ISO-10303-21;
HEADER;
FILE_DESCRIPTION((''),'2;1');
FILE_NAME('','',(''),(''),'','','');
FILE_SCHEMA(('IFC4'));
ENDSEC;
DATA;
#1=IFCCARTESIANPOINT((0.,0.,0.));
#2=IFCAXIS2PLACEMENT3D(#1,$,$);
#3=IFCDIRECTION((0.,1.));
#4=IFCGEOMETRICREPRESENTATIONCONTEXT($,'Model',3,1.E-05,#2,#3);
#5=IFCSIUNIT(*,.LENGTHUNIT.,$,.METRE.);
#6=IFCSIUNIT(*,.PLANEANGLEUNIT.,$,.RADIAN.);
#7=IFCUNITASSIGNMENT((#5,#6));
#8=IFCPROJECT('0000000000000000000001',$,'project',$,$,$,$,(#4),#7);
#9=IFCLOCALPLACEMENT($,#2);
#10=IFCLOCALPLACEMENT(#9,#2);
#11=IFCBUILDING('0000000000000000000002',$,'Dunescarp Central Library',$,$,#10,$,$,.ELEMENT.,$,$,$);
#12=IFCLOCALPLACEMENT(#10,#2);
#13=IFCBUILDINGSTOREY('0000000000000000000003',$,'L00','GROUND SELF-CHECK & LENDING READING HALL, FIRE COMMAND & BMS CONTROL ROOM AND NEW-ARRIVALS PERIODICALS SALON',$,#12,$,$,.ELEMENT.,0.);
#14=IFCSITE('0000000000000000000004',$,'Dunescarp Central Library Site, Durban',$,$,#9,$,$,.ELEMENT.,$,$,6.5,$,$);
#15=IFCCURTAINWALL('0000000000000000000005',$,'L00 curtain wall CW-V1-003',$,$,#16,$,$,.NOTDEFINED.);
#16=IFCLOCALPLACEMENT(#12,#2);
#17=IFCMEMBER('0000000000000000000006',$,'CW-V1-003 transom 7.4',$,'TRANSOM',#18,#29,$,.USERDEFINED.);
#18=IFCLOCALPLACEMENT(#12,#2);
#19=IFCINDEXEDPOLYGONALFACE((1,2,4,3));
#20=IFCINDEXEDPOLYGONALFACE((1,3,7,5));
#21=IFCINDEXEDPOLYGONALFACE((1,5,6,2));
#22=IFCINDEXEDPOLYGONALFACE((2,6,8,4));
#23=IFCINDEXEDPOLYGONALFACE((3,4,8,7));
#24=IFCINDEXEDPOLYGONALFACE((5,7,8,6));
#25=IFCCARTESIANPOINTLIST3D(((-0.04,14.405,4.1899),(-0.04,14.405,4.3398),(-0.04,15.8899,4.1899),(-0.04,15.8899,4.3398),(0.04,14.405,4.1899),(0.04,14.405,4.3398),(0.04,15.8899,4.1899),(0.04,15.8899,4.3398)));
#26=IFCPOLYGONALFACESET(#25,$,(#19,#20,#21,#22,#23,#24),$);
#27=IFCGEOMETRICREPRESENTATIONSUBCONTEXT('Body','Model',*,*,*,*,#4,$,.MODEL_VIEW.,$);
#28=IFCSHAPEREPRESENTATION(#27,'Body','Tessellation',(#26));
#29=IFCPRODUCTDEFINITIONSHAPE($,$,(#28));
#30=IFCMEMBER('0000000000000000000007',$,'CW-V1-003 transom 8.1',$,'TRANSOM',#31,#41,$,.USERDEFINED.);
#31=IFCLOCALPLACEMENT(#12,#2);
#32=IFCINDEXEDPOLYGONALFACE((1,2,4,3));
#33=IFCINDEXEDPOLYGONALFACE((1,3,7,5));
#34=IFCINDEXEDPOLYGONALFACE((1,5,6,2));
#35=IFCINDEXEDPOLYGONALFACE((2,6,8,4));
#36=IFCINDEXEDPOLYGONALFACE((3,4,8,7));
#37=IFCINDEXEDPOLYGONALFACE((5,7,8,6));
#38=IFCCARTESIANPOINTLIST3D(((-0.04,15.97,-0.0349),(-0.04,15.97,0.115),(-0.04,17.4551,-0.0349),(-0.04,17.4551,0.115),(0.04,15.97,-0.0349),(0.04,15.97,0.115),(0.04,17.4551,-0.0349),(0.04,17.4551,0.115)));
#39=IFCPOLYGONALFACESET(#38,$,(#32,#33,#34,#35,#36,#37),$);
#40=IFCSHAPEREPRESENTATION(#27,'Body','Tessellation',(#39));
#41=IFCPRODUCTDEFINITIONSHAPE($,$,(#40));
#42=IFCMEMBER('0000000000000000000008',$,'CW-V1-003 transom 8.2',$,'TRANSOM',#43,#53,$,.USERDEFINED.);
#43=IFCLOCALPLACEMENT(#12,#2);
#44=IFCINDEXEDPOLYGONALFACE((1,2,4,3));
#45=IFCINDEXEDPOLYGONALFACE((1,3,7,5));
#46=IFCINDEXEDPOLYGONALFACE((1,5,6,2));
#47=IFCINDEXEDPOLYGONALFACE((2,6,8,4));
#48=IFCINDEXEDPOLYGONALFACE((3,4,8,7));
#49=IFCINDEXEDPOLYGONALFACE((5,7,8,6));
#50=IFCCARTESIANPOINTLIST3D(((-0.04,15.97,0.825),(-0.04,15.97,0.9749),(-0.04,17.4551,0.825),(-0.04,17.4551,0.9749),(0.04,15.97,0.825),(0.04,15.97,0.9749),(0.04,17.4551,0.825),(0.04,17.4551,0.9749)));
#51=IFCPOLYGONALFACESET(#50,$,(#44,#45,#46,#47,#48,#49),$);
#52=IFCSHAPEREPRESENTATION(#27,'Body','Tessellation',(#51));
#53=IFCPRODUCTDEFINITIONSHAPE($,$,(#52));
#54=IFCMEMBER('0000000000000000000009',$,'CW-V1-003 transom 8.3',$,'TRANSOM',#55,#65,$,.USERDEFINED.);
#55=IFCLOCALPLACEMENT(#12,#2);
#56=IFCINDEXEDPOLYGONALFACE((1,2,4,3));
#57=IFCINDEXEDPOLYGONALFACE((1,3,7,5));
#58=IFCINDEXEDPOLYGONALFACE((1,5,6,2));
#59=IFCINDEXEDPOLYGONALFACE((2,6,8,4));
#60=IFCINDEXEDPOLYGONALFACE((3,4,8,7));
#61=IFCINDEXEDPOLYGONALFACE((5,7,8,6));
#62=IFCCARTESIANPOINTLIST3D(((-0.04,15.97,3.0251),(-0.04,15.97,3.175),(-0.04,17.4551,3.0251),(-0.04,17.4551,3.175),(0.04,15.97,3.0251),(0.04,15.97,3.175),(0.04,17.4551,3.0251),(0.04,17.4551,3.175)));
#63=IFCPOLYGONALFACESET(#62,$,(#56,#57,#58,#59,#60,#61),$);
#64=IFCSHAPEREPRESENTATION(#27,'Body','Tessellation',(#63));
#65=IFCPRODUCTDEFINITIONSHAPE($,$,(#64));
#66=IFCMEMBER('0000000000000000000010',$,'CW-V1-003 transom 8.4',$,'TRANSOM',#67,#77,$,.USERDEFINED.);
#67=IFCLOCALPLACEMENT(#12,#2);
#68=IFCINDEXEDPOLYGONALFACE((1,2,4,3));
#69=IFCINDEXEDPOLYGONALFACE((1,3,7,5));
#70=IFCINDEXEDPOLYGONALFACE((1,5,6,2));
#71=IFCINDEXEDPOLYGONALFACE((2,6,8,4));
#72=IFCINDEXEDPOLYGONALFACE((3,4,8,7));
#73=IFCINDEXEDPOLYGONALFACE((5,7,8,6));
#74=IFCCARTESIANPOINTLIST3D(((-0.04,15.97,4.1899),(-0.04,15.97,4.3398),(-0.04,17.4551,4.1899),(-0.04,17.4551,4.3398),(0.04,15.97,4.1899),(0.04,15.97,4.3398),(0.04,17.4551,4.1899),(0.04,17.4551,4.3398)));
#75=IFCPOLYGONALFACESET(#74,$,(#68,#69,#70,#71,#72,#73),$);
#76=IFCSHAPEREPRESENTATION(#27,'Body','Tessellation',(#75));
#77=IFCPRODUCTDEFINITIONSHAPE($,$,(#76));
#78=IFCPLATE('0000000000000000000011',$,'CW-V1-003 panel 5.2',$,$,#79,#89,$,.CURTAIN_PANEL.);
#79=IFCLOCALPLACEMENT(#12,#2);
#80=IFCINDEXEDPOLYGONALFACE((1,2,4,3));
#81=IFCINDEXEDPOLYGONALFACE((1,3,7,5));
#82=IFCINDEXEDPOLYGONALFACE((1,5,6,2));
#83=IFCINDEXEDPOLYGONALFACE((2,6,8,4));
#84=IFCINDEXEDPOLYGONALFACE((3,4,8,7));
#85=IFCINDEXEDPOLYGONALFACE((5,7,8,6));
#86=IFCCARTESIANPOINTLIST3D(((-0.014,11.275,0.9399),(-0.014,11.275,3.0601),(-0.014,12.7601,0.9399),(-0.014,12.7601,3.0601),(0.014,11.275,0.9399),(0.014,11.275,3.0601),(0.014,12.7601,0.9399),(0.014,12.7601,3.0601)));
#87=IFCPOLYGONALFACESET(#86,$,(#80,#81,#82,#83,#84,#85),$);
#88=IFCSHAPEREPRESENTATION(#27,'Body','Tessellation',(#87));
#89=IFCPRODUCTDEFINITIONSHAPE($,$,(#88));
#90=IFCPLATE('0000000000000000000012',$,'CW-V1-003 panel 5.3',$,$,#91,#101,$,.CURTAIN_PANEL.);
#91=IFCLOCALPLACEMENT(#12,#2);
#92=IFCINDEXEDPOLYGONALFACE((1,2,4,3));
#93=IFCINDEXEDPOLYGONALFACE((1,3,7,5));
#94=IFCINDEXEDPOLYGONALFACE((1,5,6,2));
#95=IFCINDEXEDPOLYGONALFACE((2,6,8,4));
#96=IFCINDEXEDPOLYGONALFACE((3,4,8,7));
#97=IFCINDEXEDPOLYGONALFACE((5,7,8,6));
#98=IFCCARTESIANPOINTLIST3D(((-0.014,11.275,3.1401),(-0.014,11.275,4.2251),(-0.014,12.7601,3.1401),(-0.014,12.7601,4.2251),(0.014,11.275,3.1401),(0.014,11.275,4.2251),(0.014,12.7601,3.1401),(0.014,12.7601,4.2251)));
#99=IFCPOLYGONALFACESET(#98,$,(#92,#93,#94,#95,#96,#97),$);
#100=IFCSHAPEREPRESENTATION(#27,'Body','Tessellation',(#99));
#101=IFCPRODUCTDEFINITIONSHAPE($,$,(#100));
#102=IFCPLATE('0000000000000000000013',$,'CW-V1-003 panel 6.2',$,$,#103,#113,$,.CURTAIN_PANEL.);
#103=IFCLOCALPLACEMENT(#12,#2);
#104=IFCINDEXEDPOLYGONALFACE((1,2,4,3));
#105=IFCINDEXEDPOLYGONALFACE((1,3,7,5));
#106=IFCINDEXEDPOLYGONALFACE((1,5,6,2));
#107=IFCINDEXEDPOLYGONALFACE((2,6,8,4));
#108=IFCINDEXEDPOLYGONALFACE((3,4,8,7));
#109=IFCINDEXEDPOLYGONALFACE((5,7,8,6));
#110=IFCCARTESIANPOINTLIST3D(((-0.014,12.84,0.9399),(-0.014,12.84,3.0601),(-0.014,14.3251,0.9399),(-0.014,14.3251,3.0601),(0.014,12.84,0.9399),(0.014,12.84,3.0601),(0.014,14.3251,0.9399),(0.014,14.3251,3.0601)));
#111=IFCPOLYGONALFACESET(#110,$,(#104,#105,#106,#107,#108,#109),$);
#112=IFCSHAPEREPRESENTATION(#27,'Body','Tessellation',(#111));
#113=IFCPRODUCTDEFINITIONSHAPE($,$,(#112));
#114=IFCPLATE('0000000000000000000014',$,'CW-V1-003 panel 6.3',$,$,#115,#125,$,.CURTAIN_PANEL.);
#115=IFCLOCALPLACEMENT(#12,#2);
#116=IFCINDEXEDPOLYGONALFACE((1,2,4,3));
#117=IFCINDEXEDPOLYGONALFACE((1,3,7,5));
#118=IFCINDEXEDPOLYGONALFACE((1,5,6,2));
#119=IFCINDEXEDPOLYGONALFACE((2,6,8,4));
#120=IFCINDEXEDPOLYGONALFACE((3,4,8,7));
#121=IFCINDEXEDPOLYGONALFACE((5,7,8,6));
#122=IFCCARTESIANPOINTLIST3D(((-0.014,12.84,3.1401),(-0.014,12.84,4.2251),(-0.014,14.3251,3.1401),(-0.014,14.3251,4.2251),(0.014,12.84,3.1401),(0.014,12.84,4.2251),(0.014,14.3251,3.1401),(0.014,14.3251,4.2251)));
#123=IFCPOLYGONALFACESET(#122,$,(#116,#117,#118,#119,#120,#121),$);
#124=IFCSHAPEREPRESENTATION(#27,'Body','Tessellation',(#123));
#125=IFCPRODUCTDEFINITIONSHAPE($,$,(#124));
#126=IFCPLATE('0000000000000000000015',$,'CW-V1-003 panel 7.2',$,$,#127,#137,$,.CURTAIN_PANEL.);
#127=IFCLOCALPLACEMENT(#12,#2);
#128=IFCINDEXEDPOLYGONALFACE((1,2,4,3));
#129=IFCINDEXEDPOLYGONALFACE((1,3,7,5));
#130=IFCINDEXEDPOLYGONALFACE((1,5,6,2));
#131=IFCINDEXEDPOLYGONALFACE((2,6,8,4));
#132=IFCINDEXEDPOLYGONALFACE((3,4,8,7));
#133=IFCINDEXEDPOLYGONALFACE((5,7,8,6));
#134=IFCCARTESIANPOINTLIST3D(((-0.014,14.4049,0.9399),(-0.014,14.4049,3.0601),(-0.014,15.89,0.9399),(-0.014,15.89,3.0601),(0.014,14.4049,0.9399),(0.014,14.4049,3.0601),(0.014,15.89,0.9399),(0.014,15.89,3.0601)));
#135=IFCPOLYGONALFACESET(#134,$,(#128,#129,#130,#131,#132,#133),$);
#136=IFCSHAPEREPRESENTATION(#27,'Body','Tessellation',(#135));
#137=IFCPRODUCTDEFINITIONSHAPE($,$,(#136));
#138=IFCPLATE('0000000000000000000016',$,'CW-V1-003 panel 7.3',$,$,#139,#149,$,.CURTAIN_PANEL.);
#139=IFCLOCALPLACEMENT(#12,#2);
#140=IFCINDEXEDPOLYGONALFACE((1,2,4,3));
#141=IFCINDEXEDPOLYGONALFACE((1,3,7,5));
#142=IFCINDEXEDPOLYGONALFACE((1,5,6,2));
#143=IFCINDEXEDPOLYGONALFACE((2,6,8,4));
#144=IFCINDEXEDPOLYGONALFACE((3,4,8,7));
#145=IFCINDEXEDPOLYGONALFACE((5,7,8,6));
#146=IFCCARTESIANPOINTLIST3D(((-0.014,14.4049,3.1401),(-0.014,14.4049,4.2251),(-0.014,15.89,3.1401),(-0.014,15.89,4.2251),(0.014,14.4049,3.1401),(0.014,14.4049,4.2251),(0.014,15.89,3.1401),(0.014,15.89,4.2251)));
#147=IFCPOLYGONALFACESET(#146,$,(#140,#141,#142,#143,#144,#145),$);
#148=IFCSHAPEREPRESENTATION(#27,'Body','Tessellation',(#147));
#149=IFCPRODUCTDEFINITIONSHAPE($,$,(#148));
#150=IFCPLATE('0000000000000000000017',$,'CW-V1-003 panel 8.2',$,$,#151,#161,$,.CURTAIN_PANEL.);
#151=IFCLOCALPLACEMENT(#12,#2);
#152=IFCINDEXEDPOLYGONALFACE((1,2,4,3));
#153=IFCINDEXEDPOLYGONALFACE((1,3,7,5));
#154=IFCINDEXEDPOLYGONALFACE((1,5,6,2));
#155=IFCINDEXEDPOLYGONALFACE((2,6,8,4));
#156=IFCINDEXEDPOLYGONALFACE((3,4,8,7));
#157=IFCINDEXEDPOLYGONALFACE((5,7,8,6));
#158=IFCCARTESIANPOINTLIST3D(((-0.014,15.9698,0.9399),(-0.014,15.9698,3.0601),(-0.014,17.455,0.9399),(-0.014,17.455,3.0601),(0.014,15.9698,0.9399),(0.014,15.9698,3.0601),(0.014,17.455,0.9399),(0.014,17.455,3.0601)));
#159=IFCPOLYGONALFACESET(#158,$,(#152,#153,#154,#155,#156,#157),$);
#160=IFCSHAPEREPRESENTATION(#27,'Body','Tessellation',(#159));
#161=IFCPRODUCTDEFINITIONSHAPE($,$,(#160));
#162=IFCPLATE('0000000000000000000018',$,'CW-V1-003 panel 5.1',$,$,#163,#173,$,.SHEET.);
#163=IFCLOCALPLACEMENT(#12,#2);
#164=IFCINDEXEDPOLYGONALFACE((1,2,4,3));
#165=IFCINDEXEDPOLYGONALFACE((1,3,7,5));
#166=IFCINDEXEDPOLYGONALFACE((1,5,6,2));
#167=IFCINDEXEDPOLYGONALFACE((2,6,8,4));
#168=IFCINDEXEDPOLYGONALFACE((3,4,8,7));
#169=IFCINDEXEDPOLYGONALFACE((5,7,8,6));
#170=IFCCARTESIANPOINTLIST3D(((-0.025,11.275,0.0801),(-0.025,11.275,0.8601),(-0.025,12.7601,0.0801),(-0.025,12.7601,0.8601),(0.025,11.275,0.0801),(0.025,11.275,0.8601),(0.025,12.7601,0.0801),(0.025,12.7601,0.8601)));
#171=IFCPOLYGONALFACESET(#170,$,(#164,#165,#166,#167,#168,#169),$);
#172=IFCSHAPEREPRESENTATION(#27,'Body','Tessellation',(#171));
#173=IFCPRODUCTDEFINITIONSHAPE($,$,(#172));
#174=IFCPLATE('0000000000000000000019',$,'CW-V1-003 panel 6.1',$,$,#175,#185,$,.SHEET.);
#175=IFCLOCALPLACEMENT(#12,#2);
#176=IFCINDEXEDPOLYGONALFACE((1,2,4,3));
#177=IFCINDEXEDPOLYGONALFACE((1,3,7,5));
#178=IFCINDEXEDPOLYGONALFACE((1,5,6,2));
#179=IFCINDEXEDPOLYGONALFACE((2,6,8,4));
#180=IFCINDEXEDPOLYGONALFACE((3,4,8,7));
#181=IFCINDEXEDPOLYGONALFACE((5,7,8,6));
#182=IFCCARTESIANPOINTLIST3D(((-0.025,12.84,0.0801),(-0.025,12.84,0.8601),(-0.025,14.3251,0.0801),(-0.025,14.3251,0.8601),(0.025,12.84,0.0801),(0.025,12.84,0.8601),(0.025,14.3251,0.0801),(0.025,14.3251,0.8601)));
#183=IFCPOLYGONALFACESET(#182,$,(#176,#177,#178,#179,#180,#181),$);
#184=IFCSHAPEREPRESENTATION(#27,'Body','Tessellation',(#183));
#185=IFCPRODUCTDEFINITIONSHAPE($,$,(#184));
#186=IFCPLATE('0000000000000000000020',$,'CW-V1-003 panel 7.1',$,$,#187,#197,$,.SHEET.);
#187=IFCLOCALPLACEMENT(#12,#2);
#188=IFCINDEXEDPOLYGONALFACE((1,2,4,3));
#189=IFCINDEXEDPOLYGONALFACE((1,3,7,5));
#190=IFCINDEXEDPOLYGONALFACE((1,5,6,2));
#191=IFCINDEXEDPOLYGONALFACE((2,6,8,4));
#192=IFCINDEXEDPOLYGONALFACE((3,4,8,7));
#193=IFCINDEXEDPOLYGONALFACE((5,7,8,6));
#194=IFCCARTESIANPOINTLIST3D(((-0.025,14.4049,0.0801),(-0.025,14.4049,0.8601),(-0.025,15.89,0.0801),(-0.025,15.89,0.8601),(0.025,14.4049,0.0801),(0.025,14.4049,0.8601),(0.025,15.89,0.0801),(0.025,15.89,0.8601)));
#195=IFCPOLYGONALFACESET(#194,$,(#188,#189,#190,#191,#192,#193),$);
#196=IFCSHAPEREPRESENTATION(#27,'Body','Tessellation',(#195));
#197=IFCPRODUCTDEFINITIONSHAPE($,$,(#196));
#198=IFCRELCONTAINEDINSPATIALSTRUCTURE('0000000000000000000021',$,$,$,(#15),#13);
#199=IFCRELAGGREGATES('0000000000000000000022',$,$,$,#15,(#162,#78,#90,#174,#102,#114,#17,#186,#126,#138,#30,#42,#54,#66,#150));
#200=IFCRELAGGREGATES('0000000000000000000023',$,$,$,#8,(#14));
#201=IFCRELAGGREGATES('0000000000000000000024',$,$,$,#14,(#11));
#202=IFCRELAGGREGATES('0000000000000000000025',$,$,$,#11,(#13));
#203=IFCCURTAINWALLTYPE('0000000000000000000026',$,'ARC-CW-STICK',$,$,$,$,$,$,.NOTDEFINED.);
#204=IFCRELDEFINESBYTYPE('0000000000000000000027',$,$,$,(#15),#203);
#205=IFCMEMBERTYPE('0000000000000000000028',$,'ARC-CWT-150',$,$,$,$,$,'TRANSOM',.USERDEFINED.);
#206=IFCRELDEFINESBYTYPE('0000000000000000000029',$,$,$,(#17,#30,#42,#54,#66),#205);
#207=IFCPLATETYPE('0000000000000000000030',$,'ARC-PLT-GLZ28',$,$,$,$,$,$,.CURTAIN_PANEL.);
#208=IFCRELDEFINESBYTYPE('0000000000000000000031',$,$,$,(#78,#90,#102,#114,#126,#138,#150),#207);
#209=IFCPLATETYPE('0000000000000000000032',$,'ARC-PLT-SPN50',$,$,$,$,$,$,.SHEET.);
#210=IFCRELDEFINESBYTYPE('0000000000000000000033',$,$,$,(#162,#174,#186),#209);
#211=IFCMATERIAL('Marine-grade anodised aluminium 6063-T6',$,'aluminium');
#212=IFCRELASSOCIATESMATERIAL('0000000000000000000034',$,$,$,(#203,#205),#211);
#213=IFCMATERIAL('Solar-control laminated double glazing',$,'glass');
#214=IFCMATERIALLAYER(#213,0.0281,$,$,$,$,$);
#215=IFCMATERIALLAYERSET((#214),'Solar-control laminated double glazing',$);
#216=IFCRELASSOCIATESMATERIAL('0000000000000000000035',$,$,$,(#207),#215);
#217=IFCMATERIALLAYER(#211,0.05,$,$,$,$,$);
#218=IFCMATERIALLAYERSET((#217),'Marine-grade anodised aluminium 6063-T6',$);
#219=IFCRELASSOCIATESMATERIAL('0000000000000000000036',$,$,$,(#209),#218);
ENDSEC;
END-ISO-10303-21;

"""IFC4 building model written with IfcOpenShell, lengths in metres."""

from ifc_helpers import new_model, si_unit, direction, frame, origin, origin_2d, place, context, subcontext, project, spatial, rectangle, extrude, material, layer, layer_set, material_profile, profile_set, type_object, element, aggregate, save


model = new_model("IFC4")

# Units and contexts
model_context = context("Model", 3, precision=1e-05, world=origin(), true_north=direction((0.0, 1.0)))
body_context = subcontext(model_context, "Body", "Model", "MODEL_VIEW")
ifc_project = project(units=[si_unit("LENGTHUNIT", "METRE"), si_unit("PLANEANGLEUNIT", "RADIAN")], contexts=[model_context])

# Site, building, storey
site_placement = place(None, origin())
site = spatial("IfcSite", under=ifc_project, at=site_placement, Name="Dunescarp Central Library Site, Durban", CompositionType="ELEMENT", RefElevation=6.5)
building_placement = place(site_placement, origin())
building = spatial("IfcBuilding", under=site, at=building_placement, Name="Dunescarp Central Library", CompositionType="ELEMENT")
storey_placement = place(building_placement, origin())
storey = spatial("IfcBuildingStorey", under=building, at=storey_placement, Name="L00", Description="GROUND SELF-CHECK & LENDING READING HALL, FIRE COMMAND & BMS CONTROL ROOM AND NEW-ARRIVALS PERIODICALS SALON", CompositionType="ELEMENT", Elevation=0.0)

# Curtain wall, members, plates
ifc_material_1 = material(Name="Marine-grade anodised aluminium 6063-T6", Category="aluminium")
curtain_wall_type = type_object("IfcCurtainWallType", Name="ARC-CW-STICK", PredefinedType="NOTDEFINED", material=ifc_material_1)
curtain_wall_placement = place(storey_placement, origin())
curtain_wall = element("IfcCurtainWall", 1, at=curtain_wall_placement, inside=storey, type_object=curtain_wall_type, Name="L00 curtain wall CW-V1-003", PredefinedType="NOTDEFINED")
ifc_material_profile_1 = material_profile(ifc_material_1, rectangle(XDim=0.0801, YDim=0.1499, at=origin_2d()), Name="AL 80x150")
ifc_profile_set_1 = profile_set([ifc_material_profile_1], Name="Marine-grade anodised aluminium 6063-T6")
member_type_1 = type_object("IfcMemberType", Name="ARC-CWT-150", ElementType="TRANSOM", PredefinedType="USERDEFINED", material=ifc_profile_set_1)
member_1_placement = place(storey_placement, frame((0.0, 14.405, 4.2649), z_axis=(0.0, 1.0, 0.0), x_axis=(-1.0, 0.0, 0.0)))
member_1 = element("IfcMember", 2, at=member_1_placement, type_object=member_type_1, Name="CW-V1-003 transom 7.4", ObjectType="TRANSOM", PredefinedType="USERDEFINED", context=body_context, shape_type="SweptSolid", body=[
    extrude(rectangle(XDim=0.0801, YDim=0.1499, at=origin_2d()), origin(), (0.0, 0.0, 1.0), 1.4849),
])
member_2_placement = place(storey_placement, frame((0.0, 15.97, 0.04), z_axis=(0.0, 1.0, 0.0), x_axis=(-1.0, 0.0, 0.0)))
member_2 = element("IfcMember", 3, at=member_2_placement, type_object=member_type_1, Name="CW-V1-003 transom 8.1", ObjectType="TRANSOM", PredefinedType="USERDEFINED", context=body_context, shape_type="SweptSolid", body=[
    extrude(rectangle(XDim=0.0801, YDim=0.1499, at=origin_2d()), origin(), (0.0, 0.0, 1.0), 1.4851),
])
member_3_placement = place(storey_placement, frame((0.0, 15.97, 0.8999), z_axis=(0.0, 1.0, 0.0), x_axis=(-1.0, 0.0, 0.0)))
member_3 = element("IfcMember", 4, at=member_3_placement, type_object=member_type_1, Name="CW-V1-003 transom 8.2", ObjectType="TRANSOM", PredefinedType="USERDEFINED", context=body_context, shape_type="SweptSolid", body=[
    extrude(rectangle(XDim=0.0801, YDim=0.1499, at=origin_2d()), origin(), (0.0, 0.0, 1.0), 1.4851),
])
member_4_placement = place(storey_placement, frame((0.0, 15.97, 3.1001), z_axis=(0.0, 1.0, 0.0), x_axis=(-1.0, 0.0, 0.0)))
member_4 = element("IfcMember", 5, at=member_4_placement, type_object=member_type_1, Name="CW-V1-003 transom 8.3", ObjectType="TRANSOM", PredefinedType="USERDEFINED", context=body_context, shape_type="SweptSolid", body=[
    extrude(rectangle(XDim=0.0801, YDim=0.1499, at=origin_2d()), origin(), (0.0, 0.0, 1.0), 1.4851),
])
member_5_placement = place(storey_placement, frame((0.0, 15.97, 4.2649), z_axis=(0.0, 1.0, 0.0), x_axis=(-1.0, 0.0, 0.0)))
member_5 = element("IfcMember", 6, at=member_5_placement, type_object=member_type_1, Name="CW-V1-003 transom 8.4", ObjectType="TRANSOM", PredefinedType="USERDEFINED", context=body_context, shape_type="SweptSolid", body=[
    extrude(rectangle(XDim=0.0801, YDim=0.1499, at=origin_2d()), origin(), (0.0, 0.0, 1.0), 1.4851),
])
ifc_material_2 = material(Name="Solar-control laminated double glazing", Category="glass")
ifc_layer_1 = layer(ifc_material_2, 0.0281)
ifc_layer_set_1 = layer_set([ifc_layer_1], Name="Solar-control laminated double glazing")
plate_type_1 = type_object("IfcPlateType", Name="ARC-PLT-GLZ28", PredefinedType="CURTAIN_PANEL", material=ifc_layer_set_1)
plate_1_placement = place(storey_placement, frame((0.0, 12.0176, 0.9399), z_axis=(0.0, 0.0, 1.0), x_axis=(0.0, 1.0, 0.0)))
plate_1 = element("IfcPlate", 7, at=plate_1_placement, type_object=plate_type_1, Name="CW-V1-003 panel 5.2", PredefinedType="CURTAIN_PANEL", context=body_context, shape_type="SweptSolid", body=[
    extrude(rectangle(XDim=1.4851, YDim=0.0281, at=origin_2d()), origin(), (0.0, 0.0, 1.0), 2.1201),
])
plate_2_placement = place(storey_placement, frame((0.0, 12.0176, 3.1401), z_axis=(0.0, 0.0, 1.0), x_axis=(0.0, 1.0, 0.0)))
plate_2 = element("IfcPlate", 8, at=plate_2_placement, type_object=plate_type_1, Name="CW-V1-003 panel 5.3", PredefinedType="CURTAIN_PANEL", context=body_context, shape_type="SweptSolid", body=[
    extrude(rectangle(XDim=1.4851, YDim=0.0281, at=origin_2d()), origin(), (0.0, 0.0, 1.0), 1.085),
])
plate_3_placement = place(storey_placement, frame((0.0, 13.5825, 0.9399), z_axis=(0.0, 0.0, 1.0), x_axis=(0.0, 1.0, 0.0)))
plate_3 = element("IfcPlate", 9, at=plate_3_placement, type_object=plate_type_1, Name="CW-V1-003 panel 6.2", PredefinedType="CURTAIN_PANEL", context=body_context, shape_type="SweptSolid", body=[
    extrude(rectangle(XDim=1.4851, YDim=0.0281, at=origin_2d()), origin(), (0.0, 0.0, 1.0), 2.1201),
])
plate_4_placement = place(storey_placement, frame((0.0, 13.5825, 3.1401), z_axis=(0.0, 0.0, 1.0), x_axis=(0.0, 1.0, 0.0)))
plate_4 = element("IfcPlate", 10, at=plate_4_placement, type_object=plate_type_1, Name="CW-V1-003 panel 6.3", PredefinedType="CURTAIN_PANEL", context=body_context, shape_type="SweptSolid", body=[
    extrude(rectangle(XDim=1.4851, YDim=0.0281, at=origin_2d()), origin(), (0.0, 0.0, 1.0), 1.085),
])
plate_5_placement = place(storey_placement, frame((0.0, 15.1475, 0.9399), z_axis=(0.0, 0.0, 1.0), x_axis=(0.0, 1.0, 0.0)))
plate_5 = element("IfcPlate", 11, at=plate_5_placement, type_object=plate_type_1, Name="CW-V1-003 panel 7.2", PredefinedType="CURTAIN_PANEL", context=body_context, shape_type="SweptSolid", body=[
    extrude(rectangle(XDim=1.4851, YDim=0.0281, at=origin_2d()), origin(), (0.0, 0.0, 1.0), 2.1201),
])
plate_6_placement = place(storey_placement, frame((0.0, 15.1475, 3.1401), z_axis=(0.0, 0.0, 1.0), x_axis=(0.0, 1.0, 0.0)))
plate_6 = element("IfcPlate", 12, at=plate_6_placement, type_object=plate_type_1, Name="CW-V1-003 panel 7.3", PredefinedType="CURTAIN_PANEL", context=body_context, shape_type="SweptSolid", body=[
    extrude(rectangle(XDim=1.4851, YDim=0.0281, at=origin_2d()), origin(), (0.0, 0.0, 1.0), 1.085),
])
plate_7_placement = place(storey_placement, frame((0.0, 16.7124, 0.9399), z_axis=(0.0, 0.0, 1.0), x_axis=(0.0, 1.0, 0.0)))
plate_7 = element("IfcPlate", 13, at=plate_7_placement, type_object=plate_type_1, Name="CW-V1-003 panel 8.2", PredefinedType="CURTAIN_PANEL", context=body_context, shape_type="SweptSolid", body=[
    extrude(rectangle(XDim=1.4851, YDim=0.0281, at=origin_2d()), origin(), (0.0, 0.0, 1.0), 2.1201),
])
ifc_layer_2 = layer(ifc_material_1, 0.05)
ifc_layer_set_2 = layer_set([ifc_layer_2], Name="Marine-grade anodised aluminium 6063-T6")
plate_type_2 = type_object("IfcPlateType", Name="ARC-PLT-SPN50", PredefinedType="SHEET", material=ifc_layer_set_2)
plate_8_placement = place(storey_placement, frame((0.0, 12.0176, 0.0801), z_axis=(0.0, 0.0, 1.0), x_axis=(0.0, 1.0, 0.0)))
plate_8 = element("IfcPlate", 14, at=plate_8_placement, type_object=plate_type_2, Name="CW-V1-003 panel 5.1", PredefinedType="SHEET", context=body_context, shape_type="SweptSolid", body=[
    extrude(rectangle(XDim=1.4851, YDim=0.05, at=origin_2d()), origin(), (0.0, 0.0, 1.0), 0.78),
])
plate_9_placement = place(storey_placement, frame((0.0, 13.5825, 0.0801), z_axis=(0.0, 0.0, 1.0), x_axis=(0.0, 1.0, 0.0)))
plate_9 = element("IfcPlate", 15, at=plate_9_placement, type_object=plate_type_2, Name="CW-V1-003 panel 6.1", PredefinedType="SHEET", context=body_context, shape_type="SweptSolid", body=[
    extrude(rectangle(XDim=1.4851, YDim=0.05, at=origin_2d()), origin(), (0.0, 0.0, 1.0), 0.78),
])
plate_10_placement = place(storey_placement, frame((0.0, 15.1475, 0.0801), z_axis=(0.0, 0.0, 1.0), x_axis=(0.0, 1.0, 0.0)))
plate_10 = element("IfcPlate", 16, at=plate_10_placement, type_object=plate_type_2, Name="CW-V1-003 panel 7.1", PredefinedType="SHEET", context=body_context, shape_type="SweptSolid", body=[
    extrude(rectangle(XDim=1.4851, YDim=0.05, at=origin_2d()), origin(), (0.0, 0.0, 1.0), 0.78),
])
aggregate(curtain_wall, [plate_8, plate_1, plate_2, plate_9, plate_3, plate_4, member_1, plate_10, plate_5, plate_6, member_2, member_3, member_4, member_5, plate_7])

save(model, "model.ifc")
